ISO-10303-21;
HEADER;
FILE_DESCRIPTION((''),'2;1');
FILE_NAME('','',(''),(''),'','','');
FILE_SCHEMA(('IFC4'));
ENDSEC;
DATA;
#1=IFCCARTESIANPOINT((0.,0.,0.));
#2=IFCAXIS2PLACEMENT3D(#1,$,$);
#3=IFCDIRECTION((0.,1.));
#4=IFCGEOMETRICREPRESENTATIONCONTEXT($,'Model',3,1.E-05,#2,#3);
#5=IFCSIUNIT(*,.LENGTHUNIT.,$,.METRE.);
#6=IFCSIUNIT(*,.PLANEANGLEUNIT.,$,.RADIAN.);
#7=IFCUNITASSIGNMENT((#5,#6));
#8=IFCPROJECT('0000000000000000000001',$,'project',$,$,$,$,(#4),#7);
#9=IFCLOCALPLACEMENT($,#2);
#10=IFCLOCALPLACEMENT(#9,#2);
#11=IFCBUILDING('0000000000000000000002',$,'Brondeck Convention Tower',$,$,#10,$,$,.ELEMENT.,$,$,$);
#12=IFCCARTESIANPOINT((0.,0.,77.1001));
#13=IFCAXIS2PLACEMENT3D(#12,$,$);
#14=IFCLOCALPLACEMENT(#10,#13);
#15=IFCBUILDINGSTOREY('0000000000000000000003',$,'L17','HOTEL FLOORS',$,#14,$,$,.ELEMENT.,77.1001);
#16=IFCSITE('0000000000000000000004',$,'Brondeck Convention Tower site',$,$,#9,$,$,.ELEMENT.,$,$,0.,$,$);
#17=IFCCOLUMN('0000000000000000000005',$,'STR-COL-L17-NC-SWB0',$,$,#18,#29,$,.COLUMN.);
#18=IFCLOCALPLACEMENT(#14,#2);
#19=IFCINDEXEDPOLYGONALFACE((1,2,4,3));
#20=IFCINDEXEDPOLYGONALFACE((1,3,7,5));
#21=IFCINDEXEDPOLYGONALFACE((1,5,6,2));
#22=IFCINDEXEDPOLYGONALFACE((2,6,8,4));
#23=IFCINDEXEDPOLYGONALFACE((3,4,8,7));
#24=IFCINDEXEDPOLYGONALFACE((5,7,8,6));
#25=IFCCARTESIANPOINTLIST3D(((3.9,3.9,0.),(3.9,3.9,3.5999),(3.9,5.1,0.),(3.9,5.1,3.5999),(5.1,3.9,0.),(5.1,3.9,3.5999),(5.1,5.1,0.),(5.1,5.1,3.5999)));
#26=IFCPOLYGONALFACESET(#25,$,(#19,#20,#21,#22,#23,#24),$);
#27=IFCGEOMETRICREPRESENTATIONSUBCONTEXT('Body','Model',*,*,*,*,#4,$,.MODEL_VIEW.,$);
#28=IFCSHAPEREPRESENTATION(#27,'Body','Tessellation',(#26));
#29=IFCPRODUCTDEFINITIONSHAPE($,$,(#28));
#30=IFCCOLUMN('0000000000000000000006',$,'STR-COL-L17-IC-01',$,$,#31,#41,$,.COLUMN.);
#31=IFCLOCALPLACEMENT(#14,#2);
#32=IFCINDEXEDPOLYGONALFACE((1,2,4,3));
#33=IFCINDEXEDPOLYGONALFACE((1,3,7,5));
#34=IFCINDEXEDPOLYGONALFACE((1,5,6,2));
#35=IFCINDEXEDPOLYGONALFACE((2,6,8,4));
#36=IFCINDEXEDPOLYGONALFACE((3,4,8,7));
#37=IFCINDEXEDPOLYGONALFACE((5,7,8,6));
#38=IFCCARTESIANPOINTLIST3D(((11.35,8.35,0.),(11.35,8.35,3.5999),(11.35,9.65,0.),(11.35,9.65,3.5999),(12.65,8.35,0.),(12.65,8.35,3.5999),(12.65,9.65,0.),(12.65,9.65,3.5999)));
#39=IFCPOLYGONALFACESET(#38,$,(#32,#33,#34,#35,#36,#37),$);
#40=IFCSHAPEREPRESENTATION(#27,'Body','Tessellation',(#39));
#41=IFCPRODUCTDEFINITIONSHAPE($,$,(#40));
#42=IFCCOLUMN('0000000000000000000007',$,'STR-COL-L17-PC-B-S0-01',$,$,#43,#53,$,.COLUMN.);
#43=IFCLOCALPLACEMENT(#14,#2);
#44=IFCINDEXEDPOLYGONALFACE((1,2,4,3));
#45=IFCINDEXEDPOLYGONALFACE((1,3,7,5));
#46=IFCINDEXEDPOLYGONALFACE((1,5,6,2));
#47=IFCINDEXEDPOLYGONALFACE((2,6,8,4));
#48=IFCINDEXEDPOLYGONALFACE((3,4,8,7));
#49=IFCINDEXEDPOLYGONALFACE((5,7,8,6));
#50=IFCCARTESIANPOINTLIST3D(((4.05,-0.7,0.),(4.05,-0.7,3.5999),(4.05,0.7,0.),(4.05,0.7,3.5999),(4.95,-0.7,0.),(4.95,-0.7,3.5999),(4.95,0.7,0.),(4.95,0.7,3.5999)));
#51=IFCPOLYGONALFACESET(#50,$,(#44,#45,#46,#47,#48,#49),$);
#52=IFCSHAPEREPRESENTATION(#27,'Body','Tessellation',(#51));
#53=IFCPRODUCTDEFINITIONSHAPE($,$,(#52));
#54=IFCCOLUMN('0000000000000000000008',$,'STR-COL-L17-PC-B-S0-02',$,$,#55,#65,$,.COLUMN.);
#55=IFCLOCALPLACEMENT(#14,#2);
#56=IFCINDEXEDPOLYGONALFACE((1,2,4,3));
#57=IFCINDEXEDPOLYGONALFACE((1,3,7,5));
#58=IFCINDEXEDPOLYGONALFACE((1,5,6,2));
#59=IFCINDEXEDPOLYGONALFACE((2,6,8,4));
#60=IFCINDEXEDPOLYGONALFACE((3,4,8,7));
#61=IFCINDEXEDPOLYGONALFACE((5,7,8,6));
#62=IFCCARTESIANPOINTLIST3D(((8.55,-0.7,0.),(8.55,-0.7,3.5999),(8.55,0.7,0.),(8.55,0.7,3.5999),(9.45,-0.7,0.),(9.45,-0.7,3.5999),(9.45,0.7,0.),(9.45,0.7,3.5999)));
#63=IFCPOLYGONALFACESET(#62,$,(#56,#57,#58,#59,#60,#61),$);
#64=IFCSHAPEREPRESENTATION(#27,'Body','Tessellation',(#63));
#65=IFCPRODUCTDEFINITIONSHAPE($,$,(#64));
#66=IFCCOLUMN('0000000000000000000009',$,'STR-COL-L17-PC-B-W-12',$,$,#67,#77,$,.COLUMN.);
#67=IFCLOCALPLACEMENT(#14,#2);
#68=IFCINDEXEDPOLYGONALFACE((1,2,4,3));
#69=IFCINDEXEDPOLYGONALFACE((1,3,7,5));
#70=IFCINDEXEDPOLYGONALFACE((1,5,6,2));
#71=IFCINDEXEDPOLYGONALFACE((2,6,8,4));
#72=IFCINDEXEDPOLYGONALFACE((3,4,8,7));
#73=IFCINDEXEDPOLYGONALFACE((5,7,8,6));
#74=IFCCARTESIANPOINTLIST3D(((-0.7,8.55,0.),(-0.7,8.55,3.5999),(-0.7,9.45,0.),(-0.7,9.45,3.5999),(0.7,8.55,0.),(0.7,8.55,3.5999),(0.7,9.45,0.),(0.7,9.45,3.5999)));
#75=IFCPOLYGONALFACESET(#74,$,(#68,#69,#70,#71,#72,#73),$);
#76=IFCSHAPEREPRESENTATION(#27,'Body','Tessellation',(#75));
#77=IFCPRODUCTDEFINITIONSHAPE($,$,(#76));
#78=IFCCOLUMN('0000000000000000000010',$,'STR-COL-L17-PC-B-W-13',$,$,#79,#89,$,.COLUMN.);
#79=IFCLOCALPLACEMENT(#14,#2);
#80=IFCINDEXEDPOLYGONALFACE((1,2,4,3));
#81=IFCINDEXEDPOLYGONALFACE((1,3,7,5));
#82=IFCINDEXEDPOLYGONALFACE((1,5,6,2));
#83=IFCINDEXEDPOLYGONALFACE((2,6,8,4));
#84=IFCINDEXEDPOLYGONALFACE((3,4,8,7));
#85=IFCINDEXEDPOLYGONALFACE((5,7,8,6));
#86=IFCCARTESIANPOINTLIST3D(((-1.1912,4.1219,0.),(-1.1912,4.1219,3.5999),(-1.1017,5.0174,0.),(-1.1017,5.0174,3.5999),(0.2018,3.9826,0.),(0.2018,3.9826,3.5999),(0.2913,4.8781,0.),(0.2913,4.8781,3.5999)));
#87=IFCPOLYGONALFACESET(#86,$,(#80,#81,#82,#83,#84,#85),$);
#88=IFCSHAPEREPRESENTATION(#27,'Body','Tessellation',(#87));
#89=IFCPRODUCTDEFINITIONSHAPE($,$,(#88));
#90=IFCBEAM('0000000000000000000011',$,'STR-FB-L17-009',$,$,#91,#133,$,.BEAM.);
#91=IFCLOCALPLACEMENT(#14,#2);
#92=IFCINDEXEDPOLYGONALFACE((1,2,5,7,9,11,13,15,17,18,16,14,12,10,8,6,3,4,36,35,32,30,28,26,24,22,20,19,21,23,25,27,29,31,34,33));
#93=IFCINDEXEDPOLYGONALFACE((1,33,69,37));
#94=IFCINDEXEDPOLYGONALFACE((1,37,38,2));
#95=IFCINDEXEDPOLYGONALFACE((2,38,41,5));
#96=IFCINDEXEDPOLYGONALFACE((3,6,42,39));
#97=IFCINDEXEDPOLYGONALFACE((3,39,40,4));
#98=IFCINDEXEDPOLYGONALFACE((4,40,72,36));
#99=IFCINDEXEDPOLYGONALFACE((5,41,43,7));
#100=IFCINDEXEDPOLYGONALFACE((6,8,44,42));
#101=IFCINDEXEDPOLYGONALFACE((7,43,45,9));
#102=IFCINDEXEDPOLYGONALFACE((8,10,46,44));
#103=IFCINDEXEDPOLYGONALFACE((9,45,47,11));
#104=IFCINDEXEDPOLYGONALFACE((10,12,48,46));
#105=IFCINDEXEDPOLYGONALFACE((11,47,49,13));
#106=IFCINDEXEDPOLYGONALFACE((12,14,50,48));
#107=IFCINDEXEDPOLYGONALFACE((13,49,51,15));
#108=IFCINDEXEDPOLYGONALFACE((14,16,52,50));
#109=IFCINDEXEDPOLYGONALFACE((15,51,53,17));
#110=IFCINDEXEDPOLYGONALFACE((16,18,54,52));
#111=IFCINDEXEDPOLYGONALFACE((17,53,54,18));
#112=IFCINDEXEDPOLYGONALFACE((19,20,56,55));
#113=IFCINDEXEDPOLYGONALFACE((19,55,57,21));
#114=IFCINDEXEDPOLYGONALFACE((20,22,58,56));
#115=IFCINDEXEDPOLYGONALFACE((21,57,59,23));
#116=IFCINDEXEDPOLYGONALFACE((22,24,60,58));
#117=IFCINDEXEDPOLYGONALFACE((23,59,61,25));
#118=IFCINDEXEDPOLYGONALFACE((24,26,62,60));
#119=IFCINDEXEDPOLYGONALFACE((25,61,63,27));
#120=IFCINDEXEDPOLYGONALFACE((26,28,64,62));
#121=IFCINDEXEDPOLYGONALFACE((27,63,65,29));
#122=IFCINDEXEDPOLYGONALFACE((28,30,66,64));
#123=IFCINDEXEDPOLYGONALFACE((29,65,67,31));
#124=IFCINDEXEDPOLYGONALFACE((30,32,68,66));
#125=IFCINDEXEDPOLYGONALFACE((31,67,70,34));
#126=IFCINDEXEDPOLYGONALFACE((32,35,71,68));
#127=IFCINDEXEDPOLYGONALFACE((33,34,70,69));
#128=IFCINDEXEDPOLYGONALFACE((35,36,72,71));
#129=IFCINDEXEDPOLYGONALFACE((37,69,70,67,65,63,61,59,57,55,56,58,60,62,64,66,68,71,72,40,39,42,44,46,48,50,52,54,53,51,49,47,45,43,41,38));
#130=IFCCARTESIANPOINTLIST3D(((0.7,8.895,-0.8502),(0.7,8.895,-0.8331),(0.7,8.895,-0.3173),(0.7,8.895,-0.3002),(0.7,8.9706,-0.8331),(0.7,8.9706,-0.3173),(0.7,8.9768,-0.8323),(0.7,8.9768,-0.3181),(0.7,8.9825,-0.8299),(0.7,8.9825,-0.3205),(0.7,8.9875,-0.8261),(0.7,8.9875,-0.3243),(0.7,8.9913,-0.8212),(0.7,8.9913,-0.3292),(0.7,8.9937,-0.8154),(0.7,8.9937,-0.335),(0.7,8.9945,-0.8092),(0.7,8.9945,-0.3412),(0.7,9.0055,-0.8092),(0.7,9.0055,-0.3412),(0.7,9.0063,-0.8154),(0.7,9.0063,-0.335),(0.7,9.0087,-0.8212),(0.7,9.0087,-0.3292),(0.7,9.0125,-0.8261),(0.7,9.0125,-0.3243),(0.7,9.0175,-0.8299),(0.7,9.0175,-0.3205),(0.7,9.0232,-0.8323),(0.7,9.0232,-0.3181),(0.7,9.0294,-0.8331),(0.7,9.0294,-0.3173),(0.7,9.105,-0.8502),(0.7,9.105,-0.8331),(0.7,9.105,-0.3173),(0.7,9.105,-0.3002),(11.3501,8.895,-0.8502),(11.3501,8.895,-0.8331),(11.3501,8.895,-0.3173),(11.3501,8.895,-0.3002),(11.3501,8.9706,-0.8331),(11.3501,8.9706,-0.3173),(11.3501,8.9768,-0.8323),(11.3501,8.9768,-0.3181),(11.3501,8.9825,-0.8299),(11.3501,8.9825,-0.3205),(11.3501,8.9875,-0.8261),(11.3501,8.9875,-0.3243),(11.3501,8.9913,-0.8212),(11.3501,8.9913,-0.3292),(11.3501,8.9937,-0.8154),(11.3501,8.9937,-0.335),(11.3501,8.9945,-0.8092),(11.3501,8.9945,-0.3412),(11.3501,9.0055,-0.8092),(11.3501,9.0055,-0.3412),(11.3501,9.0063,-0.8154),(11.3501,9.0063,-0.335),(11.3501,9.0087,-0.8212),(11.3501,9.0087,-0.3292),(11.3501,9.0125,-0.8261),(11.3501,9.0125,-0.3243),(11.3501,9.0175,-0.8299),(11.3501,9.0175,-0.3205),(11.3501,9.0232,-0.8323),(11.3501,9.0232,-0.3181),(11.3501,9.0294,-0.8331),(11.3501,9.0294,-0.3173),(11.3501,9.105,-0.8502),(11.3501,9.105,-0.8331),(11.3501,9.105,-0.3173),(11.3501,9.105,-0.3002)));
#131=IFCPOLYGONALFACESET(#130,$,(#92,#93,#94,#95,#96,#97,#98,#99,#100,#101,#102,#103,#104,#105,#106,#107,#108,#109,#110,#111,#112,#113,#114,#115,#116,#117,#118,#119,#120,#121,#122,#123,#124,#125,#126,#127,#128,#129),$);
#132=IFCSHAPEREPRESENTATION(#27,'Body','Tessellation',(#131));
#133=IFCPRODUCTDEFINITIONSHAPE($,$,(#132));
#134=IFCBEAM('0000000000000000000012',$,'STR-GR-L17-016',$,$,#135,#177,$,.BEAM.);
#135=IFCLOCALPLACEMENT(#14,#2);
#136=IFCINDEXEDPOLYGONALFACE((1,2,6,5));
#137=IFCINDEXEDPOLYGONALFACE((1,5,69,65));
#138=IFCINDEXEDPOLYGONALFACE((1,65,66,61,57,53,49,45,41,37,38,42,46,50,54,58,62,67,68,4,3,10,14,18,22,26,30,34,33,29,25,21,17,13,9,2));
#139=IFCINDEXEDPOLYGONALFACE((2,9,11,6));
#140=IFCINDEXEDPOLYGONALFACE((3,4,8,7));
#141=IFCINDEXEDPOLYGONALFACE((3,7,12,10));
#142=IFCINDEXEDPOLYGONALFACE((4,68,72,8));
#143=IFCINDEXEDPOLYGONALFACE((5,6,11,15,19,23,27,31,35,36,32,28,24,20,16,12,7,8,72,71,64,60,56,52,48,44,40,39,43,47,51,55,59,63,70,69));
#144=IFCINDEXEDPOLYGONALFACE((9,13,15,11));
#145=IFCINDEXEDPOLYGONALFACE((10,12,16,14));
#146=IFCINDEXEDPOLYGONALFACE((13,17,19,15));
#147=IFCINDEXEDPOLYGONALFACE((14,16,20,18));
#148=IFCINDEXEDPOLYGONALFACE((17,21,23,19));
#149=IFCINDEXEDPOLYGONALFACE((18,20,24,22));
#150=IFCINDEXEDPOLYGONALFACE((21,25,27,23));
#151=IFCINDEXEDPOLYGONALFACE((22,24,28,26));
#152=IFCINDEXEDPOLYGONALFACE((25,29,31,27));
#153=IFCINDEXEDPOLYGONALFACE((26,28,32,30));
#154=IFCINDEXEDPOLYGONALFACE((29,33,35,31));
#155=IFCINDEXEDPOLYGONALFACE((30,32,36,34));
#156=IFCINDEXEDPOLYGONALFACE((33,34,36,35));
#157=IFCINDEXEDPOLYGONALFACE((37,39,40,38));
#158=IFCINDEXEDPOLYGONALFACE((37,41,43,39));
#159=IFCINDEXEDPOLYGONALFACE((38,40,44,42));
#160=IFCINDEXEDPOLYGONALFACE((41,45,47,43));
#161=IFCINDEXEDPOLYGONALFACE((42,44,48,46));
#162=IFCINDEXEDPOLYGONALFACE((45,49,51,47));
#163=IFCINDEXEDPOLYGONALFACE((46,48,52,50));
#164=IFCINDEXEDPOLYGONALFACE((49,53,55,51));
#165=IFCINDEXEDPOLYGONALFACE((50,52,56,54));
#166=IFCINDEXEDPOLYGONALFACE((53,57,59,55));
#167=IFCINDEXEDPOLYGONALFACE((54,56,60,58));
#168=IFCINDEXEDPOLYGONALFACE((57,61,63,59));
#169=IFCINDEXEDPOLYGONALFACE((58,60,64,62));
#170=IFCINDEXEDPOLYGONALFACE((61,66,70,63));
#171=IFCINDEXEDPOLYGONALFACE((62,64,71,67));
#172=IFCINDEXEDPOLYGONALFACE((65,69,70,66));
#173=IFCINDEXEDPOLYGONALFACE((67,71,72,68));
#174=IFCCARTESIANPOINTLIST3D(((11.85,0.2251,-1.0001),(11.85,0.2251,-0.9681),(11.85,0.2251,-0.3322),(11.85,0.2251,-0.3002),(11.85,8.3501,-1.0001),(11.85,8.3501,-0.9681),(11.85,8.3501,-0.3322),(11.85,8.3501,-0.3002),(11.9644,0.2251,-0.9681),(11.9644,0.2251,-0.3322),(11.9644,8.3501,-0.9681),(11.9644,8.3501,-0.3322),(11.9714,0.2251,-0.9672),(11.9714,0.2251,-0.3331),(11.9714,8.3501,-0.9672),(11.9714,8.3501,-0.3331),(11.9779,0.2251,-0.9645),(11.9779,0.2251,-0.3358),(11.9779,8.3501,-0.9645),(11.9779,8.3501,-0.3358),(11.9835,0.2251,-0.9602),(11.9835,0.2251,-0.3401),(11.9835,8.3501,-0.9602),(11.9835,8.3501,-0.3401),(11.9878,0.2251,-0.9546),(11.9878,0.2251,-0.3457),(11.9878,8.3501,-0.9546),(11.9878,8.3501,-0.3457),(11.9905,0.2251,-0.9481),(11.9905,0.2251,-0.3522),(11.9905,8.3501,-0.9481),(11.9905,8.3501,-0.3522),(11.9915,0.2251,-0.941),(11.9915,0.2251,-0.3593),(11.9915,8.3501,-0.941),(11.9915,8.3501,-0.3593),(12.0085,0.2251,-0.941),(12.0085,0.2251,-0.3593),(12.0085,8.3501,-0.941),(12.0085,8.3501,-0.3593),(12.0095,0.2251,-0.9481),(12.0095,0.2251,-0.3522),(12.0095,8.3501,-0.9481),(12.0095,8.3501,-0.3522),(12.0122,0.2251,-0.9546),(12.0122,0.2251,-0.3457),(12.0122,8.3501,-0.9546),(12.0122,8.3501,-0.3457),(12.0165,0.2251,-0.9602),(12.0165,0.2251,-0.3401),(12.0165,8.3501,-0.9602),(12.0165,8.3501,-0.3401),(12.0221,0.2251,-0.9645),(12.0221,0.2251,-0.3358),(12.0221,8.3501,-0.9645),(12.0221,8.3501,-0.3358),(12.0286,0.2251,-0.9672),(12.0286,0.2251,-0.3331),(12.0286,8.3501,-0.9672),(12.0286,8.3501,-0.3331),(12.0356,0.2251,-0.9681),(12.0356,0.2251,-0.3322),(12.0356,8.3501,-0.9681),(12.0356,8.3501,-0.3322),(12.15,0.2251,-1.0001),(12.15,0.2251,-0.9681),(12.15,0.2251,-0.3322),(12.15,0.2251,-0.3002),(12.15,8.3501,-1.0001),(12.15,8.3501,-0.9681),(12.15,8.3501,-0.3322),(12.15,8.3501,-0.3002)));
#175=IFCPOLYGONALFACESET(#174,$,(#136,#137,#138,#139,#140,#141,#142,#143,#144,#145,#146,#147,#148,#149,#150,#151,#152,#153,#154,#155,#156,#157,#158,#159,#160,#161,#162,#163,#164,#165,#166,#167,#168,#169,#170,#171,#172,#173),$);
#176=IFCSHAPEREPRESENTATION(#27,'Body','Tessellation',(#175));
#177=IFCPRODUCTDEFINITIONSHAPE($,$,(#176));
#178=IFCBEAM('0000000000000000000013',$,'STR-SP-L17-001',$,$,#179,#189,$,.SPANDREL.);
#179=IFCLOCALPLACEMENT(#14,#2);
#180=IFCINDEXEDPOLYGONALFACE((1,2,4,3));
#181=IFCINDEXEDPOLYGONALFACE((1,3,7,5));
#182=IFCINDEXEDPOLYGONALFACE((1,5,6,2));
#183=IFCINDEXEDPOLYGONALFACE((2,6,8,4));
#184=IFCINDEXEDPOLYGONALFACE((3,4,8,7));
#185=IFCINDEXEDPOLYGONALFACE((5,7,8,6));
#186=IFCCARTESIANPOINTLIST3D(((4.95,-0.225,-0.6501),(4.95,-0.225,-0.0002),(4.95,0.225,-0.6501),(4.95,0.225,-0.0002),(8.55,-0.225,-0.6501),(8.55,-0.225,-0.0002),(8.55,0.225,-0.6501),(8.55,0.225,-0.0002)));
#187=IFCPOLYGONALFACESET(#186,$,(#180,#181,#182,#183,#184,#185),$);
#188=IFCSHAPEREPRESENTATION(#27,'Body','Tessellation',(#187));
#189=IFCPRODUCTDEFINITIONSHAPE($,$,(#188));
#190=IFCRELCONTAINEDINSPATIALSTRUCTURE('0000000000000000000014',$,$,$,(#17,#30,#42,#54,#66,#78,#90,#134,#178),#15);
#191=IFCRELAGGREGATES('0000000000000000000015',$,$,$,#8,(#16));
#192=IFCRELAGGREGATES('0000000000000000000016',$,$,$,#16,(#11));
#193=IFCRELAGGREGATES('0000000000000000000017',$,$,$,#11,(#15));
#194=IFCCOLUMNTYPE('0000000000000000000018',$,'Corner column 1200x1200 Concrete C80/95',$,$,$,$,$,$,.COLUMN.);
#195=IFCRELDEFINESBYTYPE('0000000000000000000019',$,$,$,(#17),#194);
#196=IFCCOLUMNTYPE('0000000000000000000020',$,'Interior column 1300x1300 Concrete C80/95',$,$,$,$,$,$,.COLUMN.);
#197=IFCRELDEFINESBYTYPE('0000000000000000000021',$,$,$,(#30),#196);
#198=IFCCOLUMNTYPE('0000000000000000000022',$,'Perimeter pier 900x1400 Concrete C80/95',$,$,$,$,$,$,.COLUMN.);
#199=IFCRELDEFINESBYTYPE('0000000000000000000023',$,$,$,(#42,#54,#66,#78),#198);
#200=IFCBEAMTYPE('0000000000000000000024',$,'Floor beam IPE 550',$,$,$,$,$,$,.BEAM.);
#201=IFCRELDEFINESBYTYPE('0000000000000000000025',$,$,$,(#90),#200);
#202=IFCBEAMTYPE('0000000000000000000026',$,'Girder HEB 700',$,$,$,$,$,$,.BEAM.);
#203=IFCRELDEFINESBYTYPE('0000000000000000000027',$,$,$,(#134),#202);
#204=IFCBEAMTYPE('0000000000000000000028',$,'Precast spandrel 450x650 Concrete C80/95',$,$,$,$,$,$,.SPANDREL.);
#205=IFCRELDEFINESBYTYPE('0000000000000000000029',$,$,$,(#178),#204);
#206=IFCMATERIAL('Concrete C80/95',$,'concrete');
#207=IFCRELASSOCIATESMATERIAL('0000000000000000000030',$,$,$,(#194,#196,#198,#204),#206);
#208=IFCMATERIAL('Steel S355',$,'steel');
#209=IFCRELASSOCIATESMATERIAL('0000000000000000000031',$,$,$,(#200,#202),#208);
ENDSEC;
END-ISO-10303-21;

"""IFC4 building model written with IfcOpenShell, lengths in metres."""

from ifc_helpers import new_model, si_unit, direction, frame, origin, origin_2d, place, context, subcontext, project, spatial, rectangle, i_section, extrude, material, material_profile, profile_set, type_object, element, save


model = new_model("IFC4")

# Units and contexts
model_context = context("Model", 3, precision=1e-05, world=origin(), true_north=direction((0.0, 1.0)))
body_context = subcontext(model_context, "Body", "Model", "MODEL_VIEW")
ifc_project = project(units=[si_unit("LENGTHUNIT", "METRE"), si_unit("PLANEANGLEUNIT", "RADIAN")], contexts=[model_context])

# Site, building, storey
site_placement = place(None, origin())
site = spatial("IfcSite", under=ifc_project, at=site_placement, Name="Brondeck Convention Tower site", CompositionType="ELEMENT", RefElevation=0.0)
building_placement = place(site_placement, origin())
building = spatial("IfcBuilding", under=site, at=building_placement, Name="Brondeck Convention Tower", CompositionType="ELEMENT")
storey_placement = place(building_placement, frame((0.0, 0.0, 77.1001)))
storey = spatial("IfcBuildingStorey", under=building, at=storey_placement, Name="L17", Description="HOTEL FLOORS", CompositionType="ELEMENT", Elevation=77.1001)

# Columns
ifc_material_1 = material(Name="Concrete C80/95", Category="concrete")
ifc_material_profile_1 = material_profile(ifc_material_1, rectangle(XDim=1.2, YDim=1.2, at=origin_2d()), Name="Corner column 1200x1200 Concrete C80/95")
ifc_profile_set_1 = profile_set([ifc_material_profile_1], Name="Concrete C80/95")
column_type_1 = type_object("IfcColumnType", Name="Corner column 1200x1200 Concrete C80/95", PredefinedType="COLUMN", material=ifc_profile_set_1)
column_1_placement = place(storey_placement, frame((4.5, 4.5, 0.0), z_axis=(0.0, 0.0, 1.0), x_axis=(1.0, 0.0, 0.0)))
element("IfcColumn", 1, at=column_1_placement, inside=storey, type_object=column_type_1, Name="STR-COL-L17-NC-SWB0", PredefinedType="COLUMN", context=body_context, shape_type="SweptSolid", body=[
    extrude(rectangle(XDim=1.2, YDim=1.2, at=origin_2d()), origin(), (0.0, 0.0, 1.0), 3.5999),
])
ifc_material_profile_2 = material_profile(ifc_material_1, rectangle(XDim=1.3, YDim=1.3, at=origin_2d()), Name="Interior column 1300x1300 Concrete C80/95")
ifc_profile_set_2 = profile_set([ifc_material_profile_2], Name="Concrete C80/95")
column_type_2 = type_object("IfcColumnType", Name="Interior column 1300x1300 Concrete C80/95", PredefinedType="COLUMN", material=ifc_profile_set_2)
column_2_placement = place(storey_placement, frame((12.0, 9.0, 0.0), z_axis=(0.0, 0.0, 1.0), x_axis=(1.0, 0.0, 0.0)))
element("IfcColumn", 2, at=column_2_placement, inside=storey, type_object=column_type_2, Name="STR-COL-L17-IC-01", PredefinedType="COLUMN", context=body_context, shape_type="SweptSolid", body=[
    extrude(rectangle(XDim=1.3, YDim=1.3, at=origin_2d()), origin(), (0.0, 0.0, 1.0), 3.5999),
])
ifc_material_profile_3 = material_profile(ifc_material_1, rectangle(XDim=0.8999, YDim=1.3999, at=origin_2d()), Name="Perimeter pier 900x1400 Concrete C80/95")
ifc_profile_set_3 = profile_set([ifc_material_profile_3], Name="Concrete C80/95")
column_type_3 = type_object("IfcColumnType", Name="Perimeter pier 900x1400 Concrete C80/95", PredefinedType="COLUMN", material=ifc_profile_set_3)
for number, where, z_axis, x_axis, name in (
    (3, (4.5, 0.0, 0.0), (0.0, 0.0, 1.0), (1.0, 0.0, 0.0), "STR-COL-L17-PC-B-S0-01"),
    (4, (9.0, 0.0, 0.0), (0.0, 0.0, 1.0), (1.0, 0.0, 0.0), "STR-COL-L17-PC-B-S0-02"),
    (5, (0.0, 9.0, 0.0), (0.0, 0.0, 1.0), (0.0, -1.0, 0.0), "STR-COL-L17-PC-B-W-12"),
    (6, (-0.45, 4.5, 0.0), (0.0, 0.0, 1.0), (-0.099504, -0.995037, 0.0), "STR-COL-L17-PC-B-W-13"),
):
    element("IfcColumn", number, at=place(storey_placement, frame(where, z_axis=z_axis, x_axis=x_axis)), inside=storey, type_object=column_type_3, Name=name, PredefinedType="COLUMN", context=body_context, shape_type="SweptSolid", body=[
        extrude(rectangle(XDim=0.8999, YDim=1.3999, at=origin_2d()), origin(), (0.0, 0.0, 1.0), 3.5999),
    ])

# Beams
ifc_material_2 = material(Name="Steel S355", Category="steel")
ifc_material_profile_4 = material_profile(ifc_material_2, i_section(OverallWidth=0.21, OverallDepth=0.55, WebThickness=0.011, FlangeThickness=0.0171, FilletRadius=0.0239, at=origin_2d()), Name="IPE 550")
ifc_profile_set_4 = profile_set([ifc_material_profile_4], Name="Steel S355")
beam_type_1 = type_object("IfcBeamType", Name="Floor beam IPE 550", PredefinedType="BEAM", material=ifc_profile_set_4)
beam_1_placement = place(storey_placement, frame((0.7, 9.0, -0.5752), z_axis=(1.0, 0.0, 0.0), x_axis=(0.0, 1.0, 0.0)))
element("IfcBeam", 7, at=beam_1_placement, inside=storey, type_object=beam_type_1, Name="STR-FB-L17-009", PredefinedType="BEAM", context=body_context, shape_type="SweptSolid", body=[
    extrude(i_section(OverallWidth=0.21, OverallDepth=0.55, WebThickness=0.011, FlangeThickness=0.0171, FilletRadius=0.0239, at=origin_2d()), origin(), (0.0, 0.0, 1.0), 10.6501),
])
ifc_material_profile_5 = material_profile(ifc_material_2, i_section(OverallWidth=0.3, OverallDepth=0.7, WebThickness=0.0171, FlangeThickness=0.032, FilletRadius=0.0271, at=origin_2d()), Name="HEB 700")
ifc_profile_set_5 = profile_set([ifc_material_profile_5], Name="Steel S355")
beam_type_2 = type_object("IfcBeamType", Name="Girder HEB 700", PredefinedType="BEAM", material=ifc_profile_set_5)
beam_2_placement = place(storey_placement, frame((12.0, 8.3501, -0.6501), z_axis=(0.0, -1.0, 0.0), x_axis=(1.0, 0.0, 0.0)))
element("IfcBeam", 8, at=beam_2_placement, inside=storey, type_object=beam_type_2, Name="STR-GR-L17-016", PredefinedType="BEAM", context=body_context, shape_type="SweptSolid", body=[
    extrude(i_section(OverallWidth=0.3, OverallDepth=0.7, WebThickness=0.0171, FlangeThickness=0.032, FilletRadius=0.0271, at=origin_2d()), origin(), (0.0, 0.0, 1.0), 8.125),
])
ifc_material_profile_6 = material_profile(ifc_material_1, rectangle(XDim=0.45, YDim=0.6499, at=origin_2d()), Name="Precast spandrel 450x650 Concrete C80/95")
ifc_profile_set_6 = profile_set([ifc_material_profile_6], Name="Concrete C80/95")
beam_type_3 = type_object("IfcBeamType", Name="Precast spandrel 450x650 Concrete C80/95", PredefinedType="SPANDREL", material=ifc_profile_set_6)
for number, where, z_axis, x_axis, name in (
    (9, (4.95, 0.0, -0.3252), (1.0, 0.0, 0.0), (0.0, 1.0, 0.0), "STR-SP-L17-001"),
):
    element("IfcBeam", number, at=place(storey_placement, frame(where, z_axis=z_axis, x_axis=x_axis)), inside=storey, type_object=beam_type_3, Name=name, PredefinedType="SPANDREL", context=body_context, shape_type="SweptSolid", body=[
        extrude(rectangle(XDim=0.45, YDim=0.6499, at=origin_2d()), origin(), (0.0, 0.0, 1.0), 3.6001),
    ])

save(model, "model.ifc")
